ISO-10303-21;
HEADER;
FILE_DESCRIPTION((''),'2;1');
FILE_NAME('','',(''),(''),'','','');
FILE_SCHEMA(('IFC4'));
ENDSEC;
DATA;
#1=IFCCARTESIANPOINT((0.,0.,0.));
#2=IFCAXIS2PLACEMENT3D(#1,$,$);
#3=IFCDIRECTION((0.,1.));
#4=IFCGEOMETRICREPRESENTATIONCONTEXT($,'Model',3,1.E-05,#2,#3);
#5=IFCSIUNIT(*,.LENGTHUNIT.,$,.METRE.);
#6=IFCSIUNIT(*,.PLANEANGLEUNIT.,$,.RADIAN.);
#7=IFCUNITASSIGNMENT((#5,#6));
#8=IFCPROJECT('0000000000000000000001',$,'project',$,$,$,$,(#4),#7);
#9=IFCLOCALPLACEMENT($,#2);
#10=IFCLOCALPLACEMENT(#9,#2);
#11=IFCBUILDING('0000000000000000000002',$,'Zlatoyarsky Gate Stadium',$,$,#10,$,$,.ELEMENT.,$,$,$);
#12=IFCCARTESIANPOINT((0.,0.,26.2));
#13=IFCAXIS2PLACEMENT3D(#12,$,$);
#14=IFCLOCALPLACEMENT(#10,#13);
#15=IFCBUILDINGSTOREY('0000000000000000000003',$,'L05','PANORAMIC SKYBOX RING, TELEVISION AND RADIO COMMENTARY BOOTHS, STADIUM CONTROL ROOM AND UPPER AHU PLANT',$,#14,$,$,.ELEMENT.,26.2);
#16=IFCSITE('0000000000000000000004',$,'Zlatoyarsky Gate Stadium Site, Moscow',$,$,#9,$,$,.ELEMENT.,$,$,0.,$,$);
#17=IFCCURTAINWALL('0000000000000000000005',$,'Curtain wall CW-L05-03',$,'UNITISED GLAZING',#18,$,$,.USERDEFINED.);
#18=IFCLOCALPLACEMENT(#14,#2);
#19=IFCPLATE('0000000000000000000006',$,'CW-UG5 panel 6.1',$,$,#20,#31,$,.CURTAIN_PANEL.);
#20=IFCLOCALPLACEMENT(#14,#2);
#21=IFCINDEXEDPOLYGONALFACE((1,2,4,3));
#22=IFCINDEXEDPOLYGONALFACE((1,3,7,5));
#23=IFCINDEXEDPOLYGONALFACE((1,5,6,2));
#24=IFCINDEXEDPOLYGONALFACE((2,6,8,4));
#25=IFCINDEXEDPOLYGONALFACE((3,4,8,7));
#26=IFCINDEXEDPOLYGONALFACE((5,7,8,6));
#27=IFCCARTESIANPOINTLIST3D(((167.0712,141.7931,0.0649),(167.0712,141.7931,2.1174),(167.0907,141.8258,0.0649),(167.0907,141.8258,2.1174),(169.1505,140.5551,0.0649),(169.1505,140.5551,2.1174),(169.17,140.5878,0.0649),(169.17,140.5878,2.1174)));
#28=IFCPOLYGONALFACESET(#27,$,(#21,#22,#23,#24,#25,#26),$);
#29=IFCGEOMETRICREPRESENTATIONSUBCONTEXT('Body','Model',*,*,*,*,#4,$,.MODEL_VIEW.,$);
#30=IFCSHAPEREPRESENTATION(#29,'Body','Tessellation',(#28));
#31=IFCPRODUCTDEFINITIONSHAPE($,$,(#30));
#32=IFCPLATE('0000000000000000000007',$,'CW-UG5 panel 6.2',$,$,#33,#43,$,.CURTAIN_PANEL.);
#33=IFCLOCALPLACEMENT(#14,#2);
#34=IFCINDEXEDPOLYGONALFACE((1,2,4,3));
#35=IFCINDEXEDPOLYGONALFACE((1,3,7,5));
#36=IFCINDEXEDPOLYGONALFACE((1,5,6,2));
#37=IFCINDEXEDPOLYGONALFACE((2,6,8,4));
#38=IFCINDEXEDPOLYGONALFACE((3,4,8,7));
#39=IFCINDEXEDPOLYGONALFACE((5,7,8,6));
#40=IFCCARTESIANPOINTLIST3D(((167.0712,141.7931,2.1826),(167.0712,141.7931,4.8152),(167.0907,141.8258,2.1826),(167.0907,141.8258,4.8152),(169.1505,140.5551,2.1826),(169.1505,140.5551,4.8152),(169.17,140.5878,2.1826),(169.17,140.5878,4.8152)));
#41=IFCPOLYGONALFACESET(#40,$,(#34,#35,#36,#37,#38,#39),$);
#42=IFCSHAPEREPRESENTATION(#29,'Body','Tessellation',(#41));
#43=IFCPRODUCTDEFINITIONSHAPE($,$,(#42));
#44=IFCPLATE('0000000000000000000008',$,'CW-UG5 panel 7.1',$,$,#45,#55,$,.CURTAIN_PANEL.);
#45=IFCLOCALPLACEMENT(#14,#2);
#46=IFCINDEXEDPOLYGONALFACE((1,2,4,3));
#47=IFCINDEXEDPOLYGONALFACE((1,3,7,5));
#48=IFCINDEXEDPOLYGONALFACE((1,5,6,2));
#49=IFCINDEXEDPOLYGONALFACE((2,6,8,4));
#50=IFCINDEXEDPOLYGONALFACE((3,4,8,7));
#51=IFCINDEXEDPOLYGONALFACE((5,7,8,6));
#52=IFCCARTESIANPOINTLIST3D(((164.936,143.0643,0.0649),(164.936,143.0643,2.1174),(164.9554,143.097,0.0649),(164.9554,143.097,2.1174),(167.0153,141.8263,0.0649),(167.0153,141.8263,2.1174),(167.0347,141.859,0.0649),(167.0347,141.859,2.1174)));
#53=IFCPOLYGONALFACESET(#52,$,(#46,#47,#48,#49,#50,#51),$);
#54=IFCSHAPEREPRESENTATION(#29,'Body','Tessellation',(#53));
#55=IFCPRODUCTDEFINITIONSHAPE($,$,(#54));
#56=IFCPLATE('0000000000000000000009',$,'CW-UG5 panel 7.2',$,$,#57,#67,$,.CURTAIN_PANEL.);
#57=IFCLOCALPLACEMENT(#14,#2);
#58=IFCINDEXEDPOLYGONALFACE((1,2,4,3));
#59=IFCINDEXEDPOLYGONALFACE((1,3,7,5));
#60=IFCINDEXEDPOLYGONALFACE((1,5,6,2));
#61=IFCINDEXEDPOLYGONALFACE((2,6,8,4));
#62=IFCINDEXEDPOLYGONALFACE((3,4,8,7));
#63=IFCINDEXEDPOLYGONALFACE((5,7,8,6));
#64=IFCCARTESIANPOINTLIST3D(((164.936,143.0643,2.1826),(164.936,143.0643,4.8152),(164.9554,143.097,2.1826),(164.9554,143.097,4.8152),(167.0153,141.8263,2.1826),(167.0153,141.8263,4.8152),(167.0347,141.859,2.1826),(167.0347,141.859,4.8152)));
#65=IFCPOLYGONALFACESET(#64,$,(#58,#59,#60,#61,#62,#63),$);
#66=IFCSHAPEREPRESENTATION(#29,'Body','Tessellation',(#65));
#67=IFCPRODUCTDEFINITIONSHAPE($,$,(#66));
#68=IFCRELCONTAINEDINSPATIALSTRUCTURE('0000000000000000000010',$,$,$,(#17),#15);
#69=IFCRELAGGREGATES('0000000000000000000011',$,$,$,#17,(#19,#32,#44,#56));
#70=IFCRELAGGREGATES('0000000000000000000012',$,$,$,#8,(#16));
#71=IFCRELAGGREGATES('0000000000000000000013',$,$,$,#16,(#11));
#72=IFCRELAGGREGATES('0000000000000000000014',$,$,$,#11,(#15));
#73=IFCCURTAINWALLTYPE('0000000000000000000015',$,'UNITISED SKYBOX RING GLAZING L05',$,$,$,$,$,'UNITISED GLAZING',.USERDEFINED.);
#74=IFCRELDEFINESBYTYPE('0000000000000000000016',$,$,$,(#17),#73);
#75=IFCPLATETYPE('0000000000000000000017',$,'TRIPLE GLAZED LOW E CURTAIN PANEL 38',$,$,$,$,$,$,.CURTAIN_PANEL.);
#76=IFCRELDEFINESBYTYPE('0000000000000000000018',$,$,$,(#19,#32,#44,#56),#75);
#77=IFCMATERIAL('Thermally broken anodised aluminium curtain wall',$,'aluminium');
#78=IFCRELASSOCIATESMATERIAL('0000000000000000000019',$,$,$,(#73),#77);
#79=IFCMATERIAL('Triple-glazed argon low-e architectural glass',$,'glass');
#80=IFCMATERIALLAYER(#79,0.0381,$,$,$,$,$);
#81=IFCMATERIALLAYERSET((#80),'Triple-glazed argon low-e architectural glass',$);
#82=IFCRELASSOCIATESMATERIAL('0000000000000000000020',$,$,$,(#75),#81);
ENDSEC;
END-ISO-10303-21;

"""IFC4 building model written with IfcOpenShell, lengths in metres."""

from ifc_helpers import new_model, si_unit, direction, frame, origin, origin_2d, place, context, subcontext, project, spatial, rectangle, extrude, material, layer, layer_set, type_object, element, aggregate, save


model = new_model("IFC4")

# Units and contexts
model_context = context("Model", 3, precision=1e-05, world=origin(), true_north=direction((0.0, 1.0)))
body_context = subcontext(model_context, "Body", "Model", "MODEL_VIEW")
ifc_project = project(units=[si_unit("LENGTHUNIT", "METRE"), si_unit("PLANEANGLEUNIT", "RADIAN")], contexts=[model_context])

# Site, building, storey
site_placement = place(None, origin())
site = spatial("IfcSite", under=ifc_project, at=site_placement, Name="Zlatoyarsky Gate Stadium Site, Moscow", CompositionType="ELEMENT", RefElevation=0.0)
building_placement = place(site_placement, origin())
building = spatial("IfcBuilding", under=site, at=building_placement, Name="Zlatoyarsky Gate Stadium", CompositionType="ELEMENT")
storey_placement = place(building_placement, frame((0.0, 0.0, 26.2)))
storey = spatial("IfcBuildingStorey", under=building, at=storey_placement, Name="L05", Description="PANORAMIC SKYBOX RING, TELEVISION AND RADIO COMMENTARY BOOTHS, STADIUM CONTROL ROOM AND UPPER AHU PLANT", CompositionType="ELEMENT", Elevation=26.2)

# Curtain wall
ifc_material_1 = material(Name="Thermally broken anodised aluminium curtain wall", Category="aluminium")
curtain_wall_type = type_object("IfcCurtainWallType", Name="UNITISED SKYBOX RING GLAZING L05", ElementType="UNITISED GLAZING", PredefinedType="USERDEFINED", material=ifc_material_1)
curtain_wall_placement = place(storey_placement, origin())
curtain_wall = element("IfcCurtainWall", 1, at=curtain_wall_placement, inside=storey, type_object=curtain_wall_type, Name="Curtain wall CW-L05-03", ObjectType="UNITISED GLAZING", PredefinedType="USERDEFINED")

# Plates
ifc_material_2 = material(Name="Triple-glazed argon low-e architectural glass", Category="glass")
ifc_layer_1 = layer(ifc_material_2, 0.0381)
ifc_layer_set_1 = layer_set([ifc_layer_1], Name="Triple-glazed argon low-e architectural glass")
plate_type_1 = type_object("IfcPlateType", Name="TRIPLE GLAZED LOW E CURTAIN PANEL 38", PredefinedType="CURTAIN_PANEL", material=ifc_layer_set_1)
plate_1_placement = place(storey_placement, frame((168.1206, 141.1904, 0.0649), z_axis=(0.0, 0.0, 1.0), x_axis=(-0.859237, 0.511577, 0.0)))
plate_1 = element("IfcPlate", 2, at=plate_1_placement, type_object=plate_type_1, Name="CW-UG5 panel 6.1", PredefinedType="CURTAIN_PANEL", context=body_context, shape_type="SweptSolid", body=[
    extrude(rectangle(XDim=2.4199, YDim=0.0381, at=origin_2d()), origin(), (0.0, 0.0, 1.0), 2.0525),
])
plate_2_placement = place(storey_placement, frame((168.1206, 141.1904, 2.1826), z_axis=(0.0, 0.0, 1.0), x_axis=(-0.859237, 0.511577, 0.0)))
plate_2 = element("IfcPlate", 3, at=plate_2_placement, type_object=plate_type_1, Name="CW-UG5 panel 6.2", PredefinedType="CURTAIN_PANEL", context=body_context, shape_type="SweptSolid", body=[
    extrude(rectangle(XDim=2.4199, YDim=0.0381, at=origin_2d()), origin(), (0.0, 0.0, 1.0), 2.6326),
])
plate_3_placement = place(storey_placement, frame((165.9854, 142.4617, 0.0649), z_axis=(0.0, 0.0, 1.0), x_axis=(-0.859237, 0.511577, 0.0)))
plate_3 = element("IfcPlate", 4, at=plate_3_placement, type_object=plate_type_1, Name="CW-UG5 panel 7.1", PredefinedType="CURTAIN_PANEL", context=body_context, shape_type="SweptSolid", body=[
    extrude(rectangle(XDim=2.4199, YDim=0.0381, at=origin_2d()), origin(), (0.0, 0.0, 1.0), 2.0525),
])
plate_4_placement = place(storey_placement, frame((165.9854, 142.4617, 2.1826), z_axis=(0.0, 0.0, 1.0), x_axis=(-0.859237, 0.511577, 0.0)))
plate_4 = element("IfcPlate", 5, at=plate_4_placement, type_object=plate_type_1, Name="CW-UG5 panel 7.2", PredefinedType="CURTAIN_PANEL", context=body_context, shape_type="SweptSolid", body=[
    extrude(rectangle(XDim=2.4199, YDim=0.0381, at=origin_2d()), origin(), (0.0, 0.0, 1.0), 2.6326),
])
aggregate(curtain_wall, [plate_1, plate_2, plate_3, plate_4])

save(model, "model.ifc")
